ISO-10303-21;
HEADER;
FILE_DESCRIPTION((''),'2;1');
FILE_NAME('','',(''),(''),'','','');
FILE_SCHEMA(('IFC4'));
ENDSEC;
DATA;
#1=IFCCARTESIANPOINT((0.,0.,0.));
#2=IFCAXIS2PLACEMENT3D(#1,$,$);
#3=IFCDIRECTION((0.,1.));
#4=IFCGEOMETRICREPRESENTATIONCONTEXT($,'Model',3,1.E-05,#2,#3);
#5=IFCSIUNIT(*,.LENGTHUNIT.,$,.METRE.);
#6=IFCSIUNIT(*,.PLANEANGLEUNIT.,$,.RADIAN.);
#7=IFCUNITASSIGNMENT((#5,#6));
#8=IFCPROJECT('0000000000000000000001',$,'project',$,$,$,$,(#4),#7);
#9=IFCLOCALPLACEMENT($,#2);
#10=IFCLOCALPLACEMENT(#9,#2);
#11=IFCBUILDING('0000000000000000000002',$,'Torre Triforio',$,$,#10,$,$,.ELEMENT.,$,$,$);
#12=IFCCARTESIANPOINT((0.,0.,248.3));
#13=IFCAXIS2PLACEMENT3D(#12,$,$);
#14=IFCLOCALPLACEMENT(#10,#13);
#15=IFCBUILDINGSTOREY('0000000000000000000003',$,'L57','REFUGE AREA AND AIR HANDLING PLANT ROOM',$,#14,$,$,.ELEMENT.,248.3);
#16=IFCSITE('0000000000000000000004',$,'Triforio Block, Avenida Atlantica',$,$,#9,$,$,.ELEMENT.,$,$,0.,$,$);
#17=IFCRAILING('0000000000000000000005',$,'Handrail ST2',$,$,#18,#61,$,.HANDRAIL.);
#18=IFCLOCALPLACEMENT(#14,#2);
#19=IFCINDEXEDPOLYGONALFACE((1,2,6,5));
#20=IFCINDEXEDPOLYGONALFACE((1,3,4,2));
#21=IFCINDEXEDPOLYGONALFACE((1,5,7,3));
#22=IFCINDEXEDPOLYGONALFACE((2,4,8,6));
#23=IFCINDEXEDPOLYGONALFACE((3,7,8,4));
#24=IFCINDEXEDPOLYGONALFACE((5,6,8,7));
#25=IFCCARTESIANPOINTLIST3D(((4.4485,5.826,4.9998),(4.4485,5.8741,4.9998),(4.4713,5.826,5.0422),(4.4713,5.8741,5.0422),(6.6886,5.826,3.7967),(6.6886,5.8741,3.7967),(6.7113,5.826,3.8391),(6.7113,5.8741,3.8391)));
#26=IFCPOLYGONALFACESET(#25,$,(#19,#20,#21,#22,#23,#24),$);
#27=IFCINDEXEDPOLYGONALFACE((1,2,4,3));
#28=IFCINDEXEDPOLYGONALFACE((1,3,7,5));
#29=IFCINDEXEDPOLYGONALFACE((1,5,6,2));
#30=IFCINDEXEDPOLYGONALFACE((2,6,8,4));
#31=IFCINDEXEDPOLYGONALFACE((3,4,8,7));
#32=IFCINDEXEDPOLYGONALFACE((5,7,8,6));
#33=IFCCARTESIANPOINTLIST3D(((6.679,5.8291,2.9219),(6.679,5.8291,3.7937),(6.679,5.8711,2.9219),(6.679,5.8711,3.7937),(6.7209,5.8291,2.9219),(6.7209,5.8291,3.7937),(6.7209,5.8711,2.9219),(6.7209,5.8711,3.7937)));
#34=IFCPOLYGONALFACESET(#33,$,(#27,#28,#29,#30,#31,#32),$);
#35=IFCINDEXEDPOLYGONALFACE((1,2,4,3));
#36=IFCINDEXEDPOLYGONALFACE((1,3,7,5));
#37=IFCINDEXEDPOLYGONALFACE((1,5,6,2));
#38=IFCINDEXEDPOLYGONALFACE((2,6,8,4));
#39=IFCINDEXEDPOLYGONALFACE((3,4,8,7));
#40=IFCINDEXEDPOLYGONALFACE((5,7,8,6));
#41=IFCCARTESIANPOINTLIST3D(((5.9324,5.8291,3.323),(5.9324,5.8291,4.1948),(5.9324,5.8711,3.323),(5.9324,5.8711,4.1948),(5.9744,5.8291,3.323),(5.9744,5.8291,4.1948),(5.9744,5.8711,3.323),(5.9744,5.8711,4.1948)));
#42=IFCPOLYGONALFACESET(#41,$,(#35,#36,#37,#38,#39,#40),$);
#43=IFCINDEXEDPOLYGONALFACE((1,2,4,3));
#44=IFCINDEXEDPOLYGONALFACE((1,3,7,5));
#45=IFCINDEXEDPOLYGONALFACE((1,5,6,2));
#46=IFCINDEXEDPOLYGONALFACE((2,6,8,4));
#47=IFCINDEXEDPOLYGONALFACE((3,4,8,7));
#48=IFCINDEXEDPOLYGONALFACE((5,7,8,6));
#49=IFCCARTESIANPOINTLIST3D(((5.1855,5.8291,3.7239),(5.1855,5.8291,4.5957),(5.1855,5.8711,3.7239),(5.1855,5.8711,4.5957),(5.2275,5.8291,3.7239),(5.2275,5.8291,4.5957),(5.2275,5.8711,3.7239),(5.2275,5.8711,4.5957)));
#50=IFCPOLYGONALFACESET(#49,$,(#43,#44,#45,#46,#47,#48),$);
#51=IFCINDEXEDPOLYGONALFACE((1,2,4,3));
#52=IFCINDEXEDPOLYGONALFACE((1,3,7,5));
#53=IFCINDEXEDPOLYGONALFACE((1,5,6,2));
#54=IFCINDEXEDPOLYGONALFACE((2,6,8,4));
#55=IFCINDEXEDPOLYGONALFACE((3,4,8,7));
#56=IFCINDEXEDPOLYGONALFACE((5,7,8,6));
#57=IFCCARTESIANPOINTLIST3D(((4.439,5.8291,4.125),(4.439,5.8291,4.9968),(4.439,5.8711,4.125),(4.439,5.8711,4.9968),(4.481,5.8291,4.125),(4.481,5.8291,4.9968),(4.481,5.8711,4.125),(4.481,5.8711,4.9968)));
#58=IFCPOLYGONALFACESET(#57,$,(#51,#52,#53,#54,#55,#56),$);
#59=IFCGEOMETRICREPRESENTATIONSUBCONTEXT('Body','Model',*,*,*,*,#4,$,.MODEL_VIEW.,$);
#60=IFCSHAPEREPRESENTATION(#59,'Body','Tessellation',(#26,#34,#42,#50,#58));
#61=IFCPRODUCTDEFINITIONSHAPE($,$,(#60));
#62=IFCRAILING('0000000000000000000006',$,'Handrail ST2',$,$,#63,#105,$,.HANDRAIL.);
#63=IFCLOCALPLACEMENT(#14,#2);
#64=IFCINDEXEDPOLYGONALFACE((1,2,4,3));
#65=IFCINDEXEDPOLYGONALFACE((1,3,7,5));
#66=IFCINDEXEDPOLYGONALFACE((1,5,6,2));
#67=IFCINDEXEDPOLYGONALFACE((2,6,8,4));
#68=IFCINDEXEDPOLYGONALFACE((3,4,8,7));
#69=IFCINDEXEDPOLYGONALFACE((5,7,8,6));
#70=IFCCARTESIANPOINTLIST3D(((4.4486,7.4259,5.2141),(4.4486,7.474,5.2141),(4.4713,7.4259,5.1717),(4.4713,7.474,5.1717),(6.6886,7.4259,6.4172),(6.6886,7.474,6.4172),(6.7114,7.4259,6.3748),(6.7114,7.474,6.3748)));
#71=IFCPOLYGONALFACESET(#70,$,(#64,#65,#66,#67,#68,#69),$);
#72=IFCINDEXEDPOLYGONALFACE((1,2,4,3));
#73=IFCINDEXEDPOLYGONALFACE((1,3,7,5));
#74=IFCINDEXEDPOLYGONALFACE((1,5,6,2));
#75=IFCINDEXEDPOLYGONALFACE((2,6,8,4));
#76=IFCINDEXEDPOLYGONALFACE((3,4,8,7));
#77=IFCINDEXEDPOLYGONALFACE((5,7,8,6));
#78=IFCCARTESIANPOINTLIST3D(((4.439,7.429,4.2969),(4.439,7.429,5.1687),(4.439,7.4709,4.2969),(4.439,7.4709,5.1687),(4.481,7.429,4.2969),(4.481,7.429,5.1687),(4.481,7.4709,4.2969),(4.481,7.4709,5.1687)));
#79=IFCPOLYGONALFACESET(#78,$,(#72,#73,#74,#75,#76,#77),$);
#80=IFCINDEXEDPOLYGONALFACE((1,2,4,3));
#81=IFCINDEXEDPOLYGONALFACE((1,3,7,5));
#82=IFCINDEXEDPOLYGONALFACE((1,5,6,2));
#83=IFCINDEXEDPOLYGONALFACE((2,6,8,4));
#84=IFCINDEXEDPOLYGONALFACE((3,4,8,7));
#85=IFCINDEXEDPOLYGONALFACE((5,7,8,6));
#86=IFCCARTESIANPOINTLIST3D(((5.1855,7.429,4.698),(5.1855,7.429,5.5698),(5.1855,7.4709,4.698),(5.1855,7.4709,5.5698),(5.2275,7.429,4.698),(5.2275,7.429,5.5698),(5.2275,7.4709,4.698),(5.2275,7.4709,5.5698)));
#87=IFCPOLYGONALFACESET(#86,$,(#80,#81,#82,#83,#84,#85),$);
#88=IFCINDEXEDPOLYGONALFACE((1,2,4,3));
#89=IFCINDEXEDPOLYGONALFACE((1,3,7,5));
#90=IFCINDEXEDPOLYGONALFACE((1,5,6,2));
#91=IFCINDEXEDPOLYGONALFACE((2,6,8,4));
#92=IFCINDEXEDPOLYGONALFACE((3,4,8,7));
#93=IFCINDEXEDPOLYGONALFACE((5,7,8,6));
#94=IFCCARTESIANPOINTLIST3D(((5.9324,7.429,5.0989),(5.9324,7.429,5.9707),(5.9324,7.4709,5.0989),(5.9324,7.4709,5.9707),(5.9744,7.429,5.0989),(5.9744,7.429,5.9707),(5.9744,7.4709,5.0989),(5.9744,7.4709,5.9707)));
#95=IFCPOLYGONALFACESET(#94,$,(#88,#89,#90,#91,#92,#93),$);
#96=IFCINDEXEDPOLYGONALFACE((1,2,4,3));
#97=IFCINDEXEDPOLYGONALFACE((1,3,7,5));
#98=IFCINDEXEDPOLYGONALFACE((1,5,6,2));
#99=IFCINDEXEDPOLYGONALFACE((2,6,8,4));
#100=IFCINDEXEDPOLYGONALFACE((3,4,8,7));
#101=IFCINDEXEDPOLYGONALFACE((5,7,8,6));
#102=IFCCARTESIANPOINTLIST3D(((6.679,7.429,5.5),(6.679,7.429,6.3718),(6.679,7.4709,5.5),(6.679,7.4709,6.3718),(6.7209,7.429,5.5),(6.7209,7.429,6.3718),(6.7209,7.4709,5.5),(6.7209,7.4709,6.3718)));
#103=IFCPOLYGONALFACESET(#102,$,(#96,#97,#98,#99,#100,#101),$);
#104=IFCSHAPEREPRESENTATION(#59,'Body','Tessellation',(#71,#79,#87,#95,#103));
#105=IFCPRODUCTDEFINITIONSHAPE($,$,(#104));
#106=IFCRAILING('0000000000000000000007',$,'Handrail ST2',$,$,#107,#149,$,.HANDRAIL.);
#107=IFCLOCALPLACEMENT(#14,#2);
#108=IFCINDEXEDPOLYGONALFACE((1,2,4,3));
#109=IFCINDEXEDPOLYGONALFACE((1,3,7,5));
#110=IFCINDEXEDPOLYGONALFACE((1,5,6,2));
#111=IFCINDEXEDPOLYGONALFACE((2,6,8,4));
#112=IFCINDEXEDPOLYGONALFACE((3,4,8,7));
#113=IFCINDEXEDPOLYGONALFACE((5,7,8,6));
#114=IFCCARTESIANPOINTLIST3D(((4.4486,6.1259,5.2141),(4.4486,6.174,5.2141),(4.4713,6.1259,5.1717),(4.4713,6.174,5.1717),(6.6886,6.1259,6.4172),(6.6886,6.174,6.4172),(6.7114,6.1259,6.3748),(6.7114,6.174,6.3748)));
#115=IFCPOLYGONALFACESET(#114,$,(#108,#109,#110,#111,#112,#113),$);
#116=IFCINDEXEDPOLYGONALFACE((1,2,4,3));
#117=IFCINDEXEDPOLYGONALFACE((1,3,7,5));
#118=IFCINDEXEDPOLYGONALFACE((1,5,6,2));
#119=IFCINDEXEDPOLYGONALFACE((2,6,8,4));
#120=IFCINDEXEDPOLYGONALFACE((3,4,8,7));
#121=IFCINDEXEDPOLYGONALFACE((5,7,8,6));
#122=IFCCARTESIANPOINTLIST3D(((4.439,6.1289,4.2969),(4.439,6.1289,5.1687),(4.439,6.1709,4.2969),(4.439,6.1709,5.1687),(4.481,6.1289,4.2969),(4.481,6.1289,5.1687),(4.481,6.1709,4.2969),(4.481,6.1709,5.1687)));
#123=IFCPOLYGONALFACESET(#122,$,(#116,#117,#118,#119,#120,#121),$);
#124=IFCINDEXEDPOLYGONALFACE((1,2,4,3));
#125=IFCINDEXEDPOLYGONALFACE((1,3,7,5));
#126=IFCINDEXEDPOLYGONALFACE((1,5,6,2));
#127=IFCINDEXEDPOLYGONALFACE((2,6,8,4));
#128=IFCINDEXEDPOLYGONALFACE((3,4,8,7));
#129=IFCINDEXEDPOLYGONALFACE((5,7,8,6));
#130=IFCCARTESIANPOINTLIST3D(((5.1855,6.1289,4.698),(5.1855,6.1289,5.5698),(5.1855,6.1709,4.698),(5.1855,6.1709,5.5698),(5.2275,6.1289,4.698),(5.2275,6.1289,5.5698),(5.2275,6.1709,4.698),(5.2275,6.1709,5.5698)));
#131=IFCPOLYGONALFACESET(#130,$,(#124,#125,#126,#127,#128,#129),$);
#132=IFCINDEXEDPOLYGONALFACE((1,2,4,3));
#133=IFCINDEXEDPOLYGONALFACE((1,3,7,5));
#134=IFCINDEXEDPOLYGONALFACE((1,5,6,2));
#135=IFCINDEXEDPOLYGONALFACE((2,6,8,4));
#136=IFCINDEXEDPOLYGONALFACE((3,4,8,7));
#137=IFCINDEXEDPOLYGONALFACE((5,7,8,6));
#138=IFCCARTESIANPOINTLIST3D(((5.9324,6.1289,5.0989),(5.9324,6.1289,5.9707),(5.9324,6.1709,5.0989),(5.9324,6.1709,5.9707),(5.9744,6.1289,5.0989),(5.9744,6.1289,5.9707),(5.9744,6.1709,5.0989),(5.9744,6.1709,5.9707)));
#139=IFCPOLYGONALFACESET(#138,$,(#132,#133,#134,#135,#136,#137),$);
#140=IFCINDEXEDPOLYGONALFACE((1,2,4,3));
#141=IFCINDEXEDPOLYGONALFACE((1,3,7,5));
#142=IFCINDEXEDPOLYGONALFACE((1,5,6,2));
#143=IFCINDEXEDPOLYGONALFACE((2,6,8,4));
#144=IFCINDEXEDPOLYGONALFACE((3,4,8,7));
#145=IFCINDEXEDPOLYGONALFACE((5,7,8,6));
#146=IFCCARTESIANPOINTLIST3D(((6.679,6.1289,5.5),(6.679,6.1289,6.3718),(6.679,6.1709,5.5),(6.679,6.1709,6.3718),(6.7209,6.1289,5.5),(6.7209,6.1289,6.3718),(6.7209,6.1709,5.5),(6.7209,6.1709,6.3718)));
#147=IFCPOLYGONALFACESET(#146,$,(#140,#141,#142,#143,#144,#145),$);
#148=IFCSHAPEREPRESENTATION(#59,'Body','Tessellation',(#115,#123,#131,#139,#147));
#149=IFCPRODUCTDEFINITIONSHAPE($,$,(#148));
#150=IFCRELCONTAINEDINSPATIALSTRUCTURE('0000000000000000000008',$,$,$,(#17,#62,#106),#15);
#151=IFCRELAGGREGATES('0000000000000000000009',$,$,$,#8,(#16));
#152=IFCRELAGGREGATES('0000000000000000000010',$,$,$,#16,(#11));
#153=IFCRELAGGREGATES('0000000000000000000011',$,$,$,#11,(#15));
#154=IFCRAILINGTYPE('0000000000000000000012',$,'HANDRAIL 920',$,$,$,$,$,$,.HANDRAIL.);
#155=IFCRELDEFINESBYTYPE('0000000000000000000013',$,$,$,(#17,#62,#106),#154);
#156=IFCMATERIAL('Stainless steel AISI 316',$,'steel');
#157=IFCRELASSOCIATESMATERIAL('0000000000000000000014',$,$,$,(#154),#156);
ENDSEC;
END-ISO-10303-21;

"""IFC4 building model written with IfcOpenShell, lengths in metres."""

from ifc_helpers import new_model, si_unit, direction, frame, origin, origin_2d, place, context, subcontext, project, spatial, rectangle, extrude, material, type_object, element, save


model = new_model("IFC4")

# Units and contexts
model_context = context("Model", 3, precision=1e-05, world=origin(), true_north=direction((0.0, 1.0)))
body_context = subcontext(model_context, "Body", "Model", "MODEL_VIEW")
ifc_project = project(units=[si_unit("LENGTHUNIT", "METRE"), si_unit("PLANEANGLEUNIT", "RADIAN")], contexts=[model_context])

# Site, building, storey
site_placement = place(None, origin())
site = spatial("IfcSite", under=ifc_project, at=site_placement, Name="Triforio Block, Avenida Atlantica", CompositionType="ELEMENT", RefElevation=0.0)
building_placement = place(site_placement, origin())
building = spatial("IfcBuilding", under=site, at=building_placement, Name="Torre Triforio", CompositionType="ELEMENT")
storey_placement = place(building_placement, frame((0.0, 0.0, 248.3)))
storey = spatial("IfcBuildingStorey", under=building, at=storey_placement, Name="L57", Description="REFUGE AREA AND AIR HANDLING PLANT ROOM", CompositionType="ELEMENT", Elevation=248.3)

# Railings
ifc_material_1 = material(Name="Stainless steel AISI 316", Category="steel")
railing_type = type_object("IfcRailingType", Name="HANDRAIL 920", PredefinedType="HANDRAIL", material=ifc_material_1)
for number, where, name in (
    (1, (6.7, 5.8501, 2.9219), "Handrail ST2"),
):
    element("IfcRailing", number, at=place(storey_placement, frame(where)), inside=storey, type_object=railing_type, Name=name, PredefinedType="HANDRAIL", context=body_context, shape_type="SweptSolid", body=[
        extrude(rectangle(XDim=0.0481, YDim=0.0481, at=origin_2d()), frame((0.0, 0.0, 0.896), z_axis=(-0.880967, 0.0, 0.473178), x_axis=(0.0, -1.0, 0.0)), (0.0, 0.0, 1.0), 2.5427),
        extrude(rectangle(XDim=0.042, YDim=0.042, at=origin_2d()), origin(), (0.0, 0.0, 1.0), 0.8718),
        extrude(rectangle(XDim=0.042, YDim=0.042, at=origin_2d()), frame((-0.7466, 0.0, 0.4011)), (0.0, 0.0, 1.0), 0.8718),
        extrude(rectangle(XDim=0.042, YDim=0.042, at=origin_2d()), frame((-1.4934, 0.0, 0.802)), (0.0, 0.0, 1.0), 0.8718),
        extrude(rectangle(XDim=0.042, YDim=0.042, at=origin_2d()), frame((-2.24, 0.0, 1.2031)), (0.0, 0.0, 1.0), 0.8718),
    ])
for number, where, name in (
    (2, (4.46, 7.45, 4.2969), "Handrail ST2"),
    (3, (4.46, 6.1499, 4.2969), "Handrail ST2"),
):
    element("IfcRailing", number, at=place(storey_placement, frame(where)), inside=storey, type_object=railing_type, Name=name, PredefinedType="HANDRAIL", context=body_context, shape_type="SweptSolid", body=[
        extrude(rectangle(XDim=0.0481, YDim=0.0481, at=origin_2d()), frame((0.0, 0.0, 0.896), z_axis=(0.880967, 0.0, 0.473178), x_axis=(0.0, 1.0, 0.0)), (0.0, 0.0, 1.0), 2.5427),
        extrude(rectangle(XDim=0.042, YDim=0.042, at=origin_2d()), origin(), (0.0, 0.0, 1.0), 0.8718),
        extrude(rectangle(XDim=0.042, YDim=0.042, at=origin_2d()), frame((0.7466, 0.0, 0.4011)), (0.0, 0.0, 1.0), 0.8718),
        extrude(rectangle(XDim=0.042, YDim=0.042, at=origin_2d()), frame((1.4934, 0.0, 0.802)), (0.0, 0.0, 1.0), 0.8718),
        extrude(rectangle(XDim=0.042, YDim=0.042, at=origin_2d()), frame((2.24, 0.0, 1.2031)), (0.0, 0.0, 1.0), 0.8718),
    ])

save(model, "model.ifc")
